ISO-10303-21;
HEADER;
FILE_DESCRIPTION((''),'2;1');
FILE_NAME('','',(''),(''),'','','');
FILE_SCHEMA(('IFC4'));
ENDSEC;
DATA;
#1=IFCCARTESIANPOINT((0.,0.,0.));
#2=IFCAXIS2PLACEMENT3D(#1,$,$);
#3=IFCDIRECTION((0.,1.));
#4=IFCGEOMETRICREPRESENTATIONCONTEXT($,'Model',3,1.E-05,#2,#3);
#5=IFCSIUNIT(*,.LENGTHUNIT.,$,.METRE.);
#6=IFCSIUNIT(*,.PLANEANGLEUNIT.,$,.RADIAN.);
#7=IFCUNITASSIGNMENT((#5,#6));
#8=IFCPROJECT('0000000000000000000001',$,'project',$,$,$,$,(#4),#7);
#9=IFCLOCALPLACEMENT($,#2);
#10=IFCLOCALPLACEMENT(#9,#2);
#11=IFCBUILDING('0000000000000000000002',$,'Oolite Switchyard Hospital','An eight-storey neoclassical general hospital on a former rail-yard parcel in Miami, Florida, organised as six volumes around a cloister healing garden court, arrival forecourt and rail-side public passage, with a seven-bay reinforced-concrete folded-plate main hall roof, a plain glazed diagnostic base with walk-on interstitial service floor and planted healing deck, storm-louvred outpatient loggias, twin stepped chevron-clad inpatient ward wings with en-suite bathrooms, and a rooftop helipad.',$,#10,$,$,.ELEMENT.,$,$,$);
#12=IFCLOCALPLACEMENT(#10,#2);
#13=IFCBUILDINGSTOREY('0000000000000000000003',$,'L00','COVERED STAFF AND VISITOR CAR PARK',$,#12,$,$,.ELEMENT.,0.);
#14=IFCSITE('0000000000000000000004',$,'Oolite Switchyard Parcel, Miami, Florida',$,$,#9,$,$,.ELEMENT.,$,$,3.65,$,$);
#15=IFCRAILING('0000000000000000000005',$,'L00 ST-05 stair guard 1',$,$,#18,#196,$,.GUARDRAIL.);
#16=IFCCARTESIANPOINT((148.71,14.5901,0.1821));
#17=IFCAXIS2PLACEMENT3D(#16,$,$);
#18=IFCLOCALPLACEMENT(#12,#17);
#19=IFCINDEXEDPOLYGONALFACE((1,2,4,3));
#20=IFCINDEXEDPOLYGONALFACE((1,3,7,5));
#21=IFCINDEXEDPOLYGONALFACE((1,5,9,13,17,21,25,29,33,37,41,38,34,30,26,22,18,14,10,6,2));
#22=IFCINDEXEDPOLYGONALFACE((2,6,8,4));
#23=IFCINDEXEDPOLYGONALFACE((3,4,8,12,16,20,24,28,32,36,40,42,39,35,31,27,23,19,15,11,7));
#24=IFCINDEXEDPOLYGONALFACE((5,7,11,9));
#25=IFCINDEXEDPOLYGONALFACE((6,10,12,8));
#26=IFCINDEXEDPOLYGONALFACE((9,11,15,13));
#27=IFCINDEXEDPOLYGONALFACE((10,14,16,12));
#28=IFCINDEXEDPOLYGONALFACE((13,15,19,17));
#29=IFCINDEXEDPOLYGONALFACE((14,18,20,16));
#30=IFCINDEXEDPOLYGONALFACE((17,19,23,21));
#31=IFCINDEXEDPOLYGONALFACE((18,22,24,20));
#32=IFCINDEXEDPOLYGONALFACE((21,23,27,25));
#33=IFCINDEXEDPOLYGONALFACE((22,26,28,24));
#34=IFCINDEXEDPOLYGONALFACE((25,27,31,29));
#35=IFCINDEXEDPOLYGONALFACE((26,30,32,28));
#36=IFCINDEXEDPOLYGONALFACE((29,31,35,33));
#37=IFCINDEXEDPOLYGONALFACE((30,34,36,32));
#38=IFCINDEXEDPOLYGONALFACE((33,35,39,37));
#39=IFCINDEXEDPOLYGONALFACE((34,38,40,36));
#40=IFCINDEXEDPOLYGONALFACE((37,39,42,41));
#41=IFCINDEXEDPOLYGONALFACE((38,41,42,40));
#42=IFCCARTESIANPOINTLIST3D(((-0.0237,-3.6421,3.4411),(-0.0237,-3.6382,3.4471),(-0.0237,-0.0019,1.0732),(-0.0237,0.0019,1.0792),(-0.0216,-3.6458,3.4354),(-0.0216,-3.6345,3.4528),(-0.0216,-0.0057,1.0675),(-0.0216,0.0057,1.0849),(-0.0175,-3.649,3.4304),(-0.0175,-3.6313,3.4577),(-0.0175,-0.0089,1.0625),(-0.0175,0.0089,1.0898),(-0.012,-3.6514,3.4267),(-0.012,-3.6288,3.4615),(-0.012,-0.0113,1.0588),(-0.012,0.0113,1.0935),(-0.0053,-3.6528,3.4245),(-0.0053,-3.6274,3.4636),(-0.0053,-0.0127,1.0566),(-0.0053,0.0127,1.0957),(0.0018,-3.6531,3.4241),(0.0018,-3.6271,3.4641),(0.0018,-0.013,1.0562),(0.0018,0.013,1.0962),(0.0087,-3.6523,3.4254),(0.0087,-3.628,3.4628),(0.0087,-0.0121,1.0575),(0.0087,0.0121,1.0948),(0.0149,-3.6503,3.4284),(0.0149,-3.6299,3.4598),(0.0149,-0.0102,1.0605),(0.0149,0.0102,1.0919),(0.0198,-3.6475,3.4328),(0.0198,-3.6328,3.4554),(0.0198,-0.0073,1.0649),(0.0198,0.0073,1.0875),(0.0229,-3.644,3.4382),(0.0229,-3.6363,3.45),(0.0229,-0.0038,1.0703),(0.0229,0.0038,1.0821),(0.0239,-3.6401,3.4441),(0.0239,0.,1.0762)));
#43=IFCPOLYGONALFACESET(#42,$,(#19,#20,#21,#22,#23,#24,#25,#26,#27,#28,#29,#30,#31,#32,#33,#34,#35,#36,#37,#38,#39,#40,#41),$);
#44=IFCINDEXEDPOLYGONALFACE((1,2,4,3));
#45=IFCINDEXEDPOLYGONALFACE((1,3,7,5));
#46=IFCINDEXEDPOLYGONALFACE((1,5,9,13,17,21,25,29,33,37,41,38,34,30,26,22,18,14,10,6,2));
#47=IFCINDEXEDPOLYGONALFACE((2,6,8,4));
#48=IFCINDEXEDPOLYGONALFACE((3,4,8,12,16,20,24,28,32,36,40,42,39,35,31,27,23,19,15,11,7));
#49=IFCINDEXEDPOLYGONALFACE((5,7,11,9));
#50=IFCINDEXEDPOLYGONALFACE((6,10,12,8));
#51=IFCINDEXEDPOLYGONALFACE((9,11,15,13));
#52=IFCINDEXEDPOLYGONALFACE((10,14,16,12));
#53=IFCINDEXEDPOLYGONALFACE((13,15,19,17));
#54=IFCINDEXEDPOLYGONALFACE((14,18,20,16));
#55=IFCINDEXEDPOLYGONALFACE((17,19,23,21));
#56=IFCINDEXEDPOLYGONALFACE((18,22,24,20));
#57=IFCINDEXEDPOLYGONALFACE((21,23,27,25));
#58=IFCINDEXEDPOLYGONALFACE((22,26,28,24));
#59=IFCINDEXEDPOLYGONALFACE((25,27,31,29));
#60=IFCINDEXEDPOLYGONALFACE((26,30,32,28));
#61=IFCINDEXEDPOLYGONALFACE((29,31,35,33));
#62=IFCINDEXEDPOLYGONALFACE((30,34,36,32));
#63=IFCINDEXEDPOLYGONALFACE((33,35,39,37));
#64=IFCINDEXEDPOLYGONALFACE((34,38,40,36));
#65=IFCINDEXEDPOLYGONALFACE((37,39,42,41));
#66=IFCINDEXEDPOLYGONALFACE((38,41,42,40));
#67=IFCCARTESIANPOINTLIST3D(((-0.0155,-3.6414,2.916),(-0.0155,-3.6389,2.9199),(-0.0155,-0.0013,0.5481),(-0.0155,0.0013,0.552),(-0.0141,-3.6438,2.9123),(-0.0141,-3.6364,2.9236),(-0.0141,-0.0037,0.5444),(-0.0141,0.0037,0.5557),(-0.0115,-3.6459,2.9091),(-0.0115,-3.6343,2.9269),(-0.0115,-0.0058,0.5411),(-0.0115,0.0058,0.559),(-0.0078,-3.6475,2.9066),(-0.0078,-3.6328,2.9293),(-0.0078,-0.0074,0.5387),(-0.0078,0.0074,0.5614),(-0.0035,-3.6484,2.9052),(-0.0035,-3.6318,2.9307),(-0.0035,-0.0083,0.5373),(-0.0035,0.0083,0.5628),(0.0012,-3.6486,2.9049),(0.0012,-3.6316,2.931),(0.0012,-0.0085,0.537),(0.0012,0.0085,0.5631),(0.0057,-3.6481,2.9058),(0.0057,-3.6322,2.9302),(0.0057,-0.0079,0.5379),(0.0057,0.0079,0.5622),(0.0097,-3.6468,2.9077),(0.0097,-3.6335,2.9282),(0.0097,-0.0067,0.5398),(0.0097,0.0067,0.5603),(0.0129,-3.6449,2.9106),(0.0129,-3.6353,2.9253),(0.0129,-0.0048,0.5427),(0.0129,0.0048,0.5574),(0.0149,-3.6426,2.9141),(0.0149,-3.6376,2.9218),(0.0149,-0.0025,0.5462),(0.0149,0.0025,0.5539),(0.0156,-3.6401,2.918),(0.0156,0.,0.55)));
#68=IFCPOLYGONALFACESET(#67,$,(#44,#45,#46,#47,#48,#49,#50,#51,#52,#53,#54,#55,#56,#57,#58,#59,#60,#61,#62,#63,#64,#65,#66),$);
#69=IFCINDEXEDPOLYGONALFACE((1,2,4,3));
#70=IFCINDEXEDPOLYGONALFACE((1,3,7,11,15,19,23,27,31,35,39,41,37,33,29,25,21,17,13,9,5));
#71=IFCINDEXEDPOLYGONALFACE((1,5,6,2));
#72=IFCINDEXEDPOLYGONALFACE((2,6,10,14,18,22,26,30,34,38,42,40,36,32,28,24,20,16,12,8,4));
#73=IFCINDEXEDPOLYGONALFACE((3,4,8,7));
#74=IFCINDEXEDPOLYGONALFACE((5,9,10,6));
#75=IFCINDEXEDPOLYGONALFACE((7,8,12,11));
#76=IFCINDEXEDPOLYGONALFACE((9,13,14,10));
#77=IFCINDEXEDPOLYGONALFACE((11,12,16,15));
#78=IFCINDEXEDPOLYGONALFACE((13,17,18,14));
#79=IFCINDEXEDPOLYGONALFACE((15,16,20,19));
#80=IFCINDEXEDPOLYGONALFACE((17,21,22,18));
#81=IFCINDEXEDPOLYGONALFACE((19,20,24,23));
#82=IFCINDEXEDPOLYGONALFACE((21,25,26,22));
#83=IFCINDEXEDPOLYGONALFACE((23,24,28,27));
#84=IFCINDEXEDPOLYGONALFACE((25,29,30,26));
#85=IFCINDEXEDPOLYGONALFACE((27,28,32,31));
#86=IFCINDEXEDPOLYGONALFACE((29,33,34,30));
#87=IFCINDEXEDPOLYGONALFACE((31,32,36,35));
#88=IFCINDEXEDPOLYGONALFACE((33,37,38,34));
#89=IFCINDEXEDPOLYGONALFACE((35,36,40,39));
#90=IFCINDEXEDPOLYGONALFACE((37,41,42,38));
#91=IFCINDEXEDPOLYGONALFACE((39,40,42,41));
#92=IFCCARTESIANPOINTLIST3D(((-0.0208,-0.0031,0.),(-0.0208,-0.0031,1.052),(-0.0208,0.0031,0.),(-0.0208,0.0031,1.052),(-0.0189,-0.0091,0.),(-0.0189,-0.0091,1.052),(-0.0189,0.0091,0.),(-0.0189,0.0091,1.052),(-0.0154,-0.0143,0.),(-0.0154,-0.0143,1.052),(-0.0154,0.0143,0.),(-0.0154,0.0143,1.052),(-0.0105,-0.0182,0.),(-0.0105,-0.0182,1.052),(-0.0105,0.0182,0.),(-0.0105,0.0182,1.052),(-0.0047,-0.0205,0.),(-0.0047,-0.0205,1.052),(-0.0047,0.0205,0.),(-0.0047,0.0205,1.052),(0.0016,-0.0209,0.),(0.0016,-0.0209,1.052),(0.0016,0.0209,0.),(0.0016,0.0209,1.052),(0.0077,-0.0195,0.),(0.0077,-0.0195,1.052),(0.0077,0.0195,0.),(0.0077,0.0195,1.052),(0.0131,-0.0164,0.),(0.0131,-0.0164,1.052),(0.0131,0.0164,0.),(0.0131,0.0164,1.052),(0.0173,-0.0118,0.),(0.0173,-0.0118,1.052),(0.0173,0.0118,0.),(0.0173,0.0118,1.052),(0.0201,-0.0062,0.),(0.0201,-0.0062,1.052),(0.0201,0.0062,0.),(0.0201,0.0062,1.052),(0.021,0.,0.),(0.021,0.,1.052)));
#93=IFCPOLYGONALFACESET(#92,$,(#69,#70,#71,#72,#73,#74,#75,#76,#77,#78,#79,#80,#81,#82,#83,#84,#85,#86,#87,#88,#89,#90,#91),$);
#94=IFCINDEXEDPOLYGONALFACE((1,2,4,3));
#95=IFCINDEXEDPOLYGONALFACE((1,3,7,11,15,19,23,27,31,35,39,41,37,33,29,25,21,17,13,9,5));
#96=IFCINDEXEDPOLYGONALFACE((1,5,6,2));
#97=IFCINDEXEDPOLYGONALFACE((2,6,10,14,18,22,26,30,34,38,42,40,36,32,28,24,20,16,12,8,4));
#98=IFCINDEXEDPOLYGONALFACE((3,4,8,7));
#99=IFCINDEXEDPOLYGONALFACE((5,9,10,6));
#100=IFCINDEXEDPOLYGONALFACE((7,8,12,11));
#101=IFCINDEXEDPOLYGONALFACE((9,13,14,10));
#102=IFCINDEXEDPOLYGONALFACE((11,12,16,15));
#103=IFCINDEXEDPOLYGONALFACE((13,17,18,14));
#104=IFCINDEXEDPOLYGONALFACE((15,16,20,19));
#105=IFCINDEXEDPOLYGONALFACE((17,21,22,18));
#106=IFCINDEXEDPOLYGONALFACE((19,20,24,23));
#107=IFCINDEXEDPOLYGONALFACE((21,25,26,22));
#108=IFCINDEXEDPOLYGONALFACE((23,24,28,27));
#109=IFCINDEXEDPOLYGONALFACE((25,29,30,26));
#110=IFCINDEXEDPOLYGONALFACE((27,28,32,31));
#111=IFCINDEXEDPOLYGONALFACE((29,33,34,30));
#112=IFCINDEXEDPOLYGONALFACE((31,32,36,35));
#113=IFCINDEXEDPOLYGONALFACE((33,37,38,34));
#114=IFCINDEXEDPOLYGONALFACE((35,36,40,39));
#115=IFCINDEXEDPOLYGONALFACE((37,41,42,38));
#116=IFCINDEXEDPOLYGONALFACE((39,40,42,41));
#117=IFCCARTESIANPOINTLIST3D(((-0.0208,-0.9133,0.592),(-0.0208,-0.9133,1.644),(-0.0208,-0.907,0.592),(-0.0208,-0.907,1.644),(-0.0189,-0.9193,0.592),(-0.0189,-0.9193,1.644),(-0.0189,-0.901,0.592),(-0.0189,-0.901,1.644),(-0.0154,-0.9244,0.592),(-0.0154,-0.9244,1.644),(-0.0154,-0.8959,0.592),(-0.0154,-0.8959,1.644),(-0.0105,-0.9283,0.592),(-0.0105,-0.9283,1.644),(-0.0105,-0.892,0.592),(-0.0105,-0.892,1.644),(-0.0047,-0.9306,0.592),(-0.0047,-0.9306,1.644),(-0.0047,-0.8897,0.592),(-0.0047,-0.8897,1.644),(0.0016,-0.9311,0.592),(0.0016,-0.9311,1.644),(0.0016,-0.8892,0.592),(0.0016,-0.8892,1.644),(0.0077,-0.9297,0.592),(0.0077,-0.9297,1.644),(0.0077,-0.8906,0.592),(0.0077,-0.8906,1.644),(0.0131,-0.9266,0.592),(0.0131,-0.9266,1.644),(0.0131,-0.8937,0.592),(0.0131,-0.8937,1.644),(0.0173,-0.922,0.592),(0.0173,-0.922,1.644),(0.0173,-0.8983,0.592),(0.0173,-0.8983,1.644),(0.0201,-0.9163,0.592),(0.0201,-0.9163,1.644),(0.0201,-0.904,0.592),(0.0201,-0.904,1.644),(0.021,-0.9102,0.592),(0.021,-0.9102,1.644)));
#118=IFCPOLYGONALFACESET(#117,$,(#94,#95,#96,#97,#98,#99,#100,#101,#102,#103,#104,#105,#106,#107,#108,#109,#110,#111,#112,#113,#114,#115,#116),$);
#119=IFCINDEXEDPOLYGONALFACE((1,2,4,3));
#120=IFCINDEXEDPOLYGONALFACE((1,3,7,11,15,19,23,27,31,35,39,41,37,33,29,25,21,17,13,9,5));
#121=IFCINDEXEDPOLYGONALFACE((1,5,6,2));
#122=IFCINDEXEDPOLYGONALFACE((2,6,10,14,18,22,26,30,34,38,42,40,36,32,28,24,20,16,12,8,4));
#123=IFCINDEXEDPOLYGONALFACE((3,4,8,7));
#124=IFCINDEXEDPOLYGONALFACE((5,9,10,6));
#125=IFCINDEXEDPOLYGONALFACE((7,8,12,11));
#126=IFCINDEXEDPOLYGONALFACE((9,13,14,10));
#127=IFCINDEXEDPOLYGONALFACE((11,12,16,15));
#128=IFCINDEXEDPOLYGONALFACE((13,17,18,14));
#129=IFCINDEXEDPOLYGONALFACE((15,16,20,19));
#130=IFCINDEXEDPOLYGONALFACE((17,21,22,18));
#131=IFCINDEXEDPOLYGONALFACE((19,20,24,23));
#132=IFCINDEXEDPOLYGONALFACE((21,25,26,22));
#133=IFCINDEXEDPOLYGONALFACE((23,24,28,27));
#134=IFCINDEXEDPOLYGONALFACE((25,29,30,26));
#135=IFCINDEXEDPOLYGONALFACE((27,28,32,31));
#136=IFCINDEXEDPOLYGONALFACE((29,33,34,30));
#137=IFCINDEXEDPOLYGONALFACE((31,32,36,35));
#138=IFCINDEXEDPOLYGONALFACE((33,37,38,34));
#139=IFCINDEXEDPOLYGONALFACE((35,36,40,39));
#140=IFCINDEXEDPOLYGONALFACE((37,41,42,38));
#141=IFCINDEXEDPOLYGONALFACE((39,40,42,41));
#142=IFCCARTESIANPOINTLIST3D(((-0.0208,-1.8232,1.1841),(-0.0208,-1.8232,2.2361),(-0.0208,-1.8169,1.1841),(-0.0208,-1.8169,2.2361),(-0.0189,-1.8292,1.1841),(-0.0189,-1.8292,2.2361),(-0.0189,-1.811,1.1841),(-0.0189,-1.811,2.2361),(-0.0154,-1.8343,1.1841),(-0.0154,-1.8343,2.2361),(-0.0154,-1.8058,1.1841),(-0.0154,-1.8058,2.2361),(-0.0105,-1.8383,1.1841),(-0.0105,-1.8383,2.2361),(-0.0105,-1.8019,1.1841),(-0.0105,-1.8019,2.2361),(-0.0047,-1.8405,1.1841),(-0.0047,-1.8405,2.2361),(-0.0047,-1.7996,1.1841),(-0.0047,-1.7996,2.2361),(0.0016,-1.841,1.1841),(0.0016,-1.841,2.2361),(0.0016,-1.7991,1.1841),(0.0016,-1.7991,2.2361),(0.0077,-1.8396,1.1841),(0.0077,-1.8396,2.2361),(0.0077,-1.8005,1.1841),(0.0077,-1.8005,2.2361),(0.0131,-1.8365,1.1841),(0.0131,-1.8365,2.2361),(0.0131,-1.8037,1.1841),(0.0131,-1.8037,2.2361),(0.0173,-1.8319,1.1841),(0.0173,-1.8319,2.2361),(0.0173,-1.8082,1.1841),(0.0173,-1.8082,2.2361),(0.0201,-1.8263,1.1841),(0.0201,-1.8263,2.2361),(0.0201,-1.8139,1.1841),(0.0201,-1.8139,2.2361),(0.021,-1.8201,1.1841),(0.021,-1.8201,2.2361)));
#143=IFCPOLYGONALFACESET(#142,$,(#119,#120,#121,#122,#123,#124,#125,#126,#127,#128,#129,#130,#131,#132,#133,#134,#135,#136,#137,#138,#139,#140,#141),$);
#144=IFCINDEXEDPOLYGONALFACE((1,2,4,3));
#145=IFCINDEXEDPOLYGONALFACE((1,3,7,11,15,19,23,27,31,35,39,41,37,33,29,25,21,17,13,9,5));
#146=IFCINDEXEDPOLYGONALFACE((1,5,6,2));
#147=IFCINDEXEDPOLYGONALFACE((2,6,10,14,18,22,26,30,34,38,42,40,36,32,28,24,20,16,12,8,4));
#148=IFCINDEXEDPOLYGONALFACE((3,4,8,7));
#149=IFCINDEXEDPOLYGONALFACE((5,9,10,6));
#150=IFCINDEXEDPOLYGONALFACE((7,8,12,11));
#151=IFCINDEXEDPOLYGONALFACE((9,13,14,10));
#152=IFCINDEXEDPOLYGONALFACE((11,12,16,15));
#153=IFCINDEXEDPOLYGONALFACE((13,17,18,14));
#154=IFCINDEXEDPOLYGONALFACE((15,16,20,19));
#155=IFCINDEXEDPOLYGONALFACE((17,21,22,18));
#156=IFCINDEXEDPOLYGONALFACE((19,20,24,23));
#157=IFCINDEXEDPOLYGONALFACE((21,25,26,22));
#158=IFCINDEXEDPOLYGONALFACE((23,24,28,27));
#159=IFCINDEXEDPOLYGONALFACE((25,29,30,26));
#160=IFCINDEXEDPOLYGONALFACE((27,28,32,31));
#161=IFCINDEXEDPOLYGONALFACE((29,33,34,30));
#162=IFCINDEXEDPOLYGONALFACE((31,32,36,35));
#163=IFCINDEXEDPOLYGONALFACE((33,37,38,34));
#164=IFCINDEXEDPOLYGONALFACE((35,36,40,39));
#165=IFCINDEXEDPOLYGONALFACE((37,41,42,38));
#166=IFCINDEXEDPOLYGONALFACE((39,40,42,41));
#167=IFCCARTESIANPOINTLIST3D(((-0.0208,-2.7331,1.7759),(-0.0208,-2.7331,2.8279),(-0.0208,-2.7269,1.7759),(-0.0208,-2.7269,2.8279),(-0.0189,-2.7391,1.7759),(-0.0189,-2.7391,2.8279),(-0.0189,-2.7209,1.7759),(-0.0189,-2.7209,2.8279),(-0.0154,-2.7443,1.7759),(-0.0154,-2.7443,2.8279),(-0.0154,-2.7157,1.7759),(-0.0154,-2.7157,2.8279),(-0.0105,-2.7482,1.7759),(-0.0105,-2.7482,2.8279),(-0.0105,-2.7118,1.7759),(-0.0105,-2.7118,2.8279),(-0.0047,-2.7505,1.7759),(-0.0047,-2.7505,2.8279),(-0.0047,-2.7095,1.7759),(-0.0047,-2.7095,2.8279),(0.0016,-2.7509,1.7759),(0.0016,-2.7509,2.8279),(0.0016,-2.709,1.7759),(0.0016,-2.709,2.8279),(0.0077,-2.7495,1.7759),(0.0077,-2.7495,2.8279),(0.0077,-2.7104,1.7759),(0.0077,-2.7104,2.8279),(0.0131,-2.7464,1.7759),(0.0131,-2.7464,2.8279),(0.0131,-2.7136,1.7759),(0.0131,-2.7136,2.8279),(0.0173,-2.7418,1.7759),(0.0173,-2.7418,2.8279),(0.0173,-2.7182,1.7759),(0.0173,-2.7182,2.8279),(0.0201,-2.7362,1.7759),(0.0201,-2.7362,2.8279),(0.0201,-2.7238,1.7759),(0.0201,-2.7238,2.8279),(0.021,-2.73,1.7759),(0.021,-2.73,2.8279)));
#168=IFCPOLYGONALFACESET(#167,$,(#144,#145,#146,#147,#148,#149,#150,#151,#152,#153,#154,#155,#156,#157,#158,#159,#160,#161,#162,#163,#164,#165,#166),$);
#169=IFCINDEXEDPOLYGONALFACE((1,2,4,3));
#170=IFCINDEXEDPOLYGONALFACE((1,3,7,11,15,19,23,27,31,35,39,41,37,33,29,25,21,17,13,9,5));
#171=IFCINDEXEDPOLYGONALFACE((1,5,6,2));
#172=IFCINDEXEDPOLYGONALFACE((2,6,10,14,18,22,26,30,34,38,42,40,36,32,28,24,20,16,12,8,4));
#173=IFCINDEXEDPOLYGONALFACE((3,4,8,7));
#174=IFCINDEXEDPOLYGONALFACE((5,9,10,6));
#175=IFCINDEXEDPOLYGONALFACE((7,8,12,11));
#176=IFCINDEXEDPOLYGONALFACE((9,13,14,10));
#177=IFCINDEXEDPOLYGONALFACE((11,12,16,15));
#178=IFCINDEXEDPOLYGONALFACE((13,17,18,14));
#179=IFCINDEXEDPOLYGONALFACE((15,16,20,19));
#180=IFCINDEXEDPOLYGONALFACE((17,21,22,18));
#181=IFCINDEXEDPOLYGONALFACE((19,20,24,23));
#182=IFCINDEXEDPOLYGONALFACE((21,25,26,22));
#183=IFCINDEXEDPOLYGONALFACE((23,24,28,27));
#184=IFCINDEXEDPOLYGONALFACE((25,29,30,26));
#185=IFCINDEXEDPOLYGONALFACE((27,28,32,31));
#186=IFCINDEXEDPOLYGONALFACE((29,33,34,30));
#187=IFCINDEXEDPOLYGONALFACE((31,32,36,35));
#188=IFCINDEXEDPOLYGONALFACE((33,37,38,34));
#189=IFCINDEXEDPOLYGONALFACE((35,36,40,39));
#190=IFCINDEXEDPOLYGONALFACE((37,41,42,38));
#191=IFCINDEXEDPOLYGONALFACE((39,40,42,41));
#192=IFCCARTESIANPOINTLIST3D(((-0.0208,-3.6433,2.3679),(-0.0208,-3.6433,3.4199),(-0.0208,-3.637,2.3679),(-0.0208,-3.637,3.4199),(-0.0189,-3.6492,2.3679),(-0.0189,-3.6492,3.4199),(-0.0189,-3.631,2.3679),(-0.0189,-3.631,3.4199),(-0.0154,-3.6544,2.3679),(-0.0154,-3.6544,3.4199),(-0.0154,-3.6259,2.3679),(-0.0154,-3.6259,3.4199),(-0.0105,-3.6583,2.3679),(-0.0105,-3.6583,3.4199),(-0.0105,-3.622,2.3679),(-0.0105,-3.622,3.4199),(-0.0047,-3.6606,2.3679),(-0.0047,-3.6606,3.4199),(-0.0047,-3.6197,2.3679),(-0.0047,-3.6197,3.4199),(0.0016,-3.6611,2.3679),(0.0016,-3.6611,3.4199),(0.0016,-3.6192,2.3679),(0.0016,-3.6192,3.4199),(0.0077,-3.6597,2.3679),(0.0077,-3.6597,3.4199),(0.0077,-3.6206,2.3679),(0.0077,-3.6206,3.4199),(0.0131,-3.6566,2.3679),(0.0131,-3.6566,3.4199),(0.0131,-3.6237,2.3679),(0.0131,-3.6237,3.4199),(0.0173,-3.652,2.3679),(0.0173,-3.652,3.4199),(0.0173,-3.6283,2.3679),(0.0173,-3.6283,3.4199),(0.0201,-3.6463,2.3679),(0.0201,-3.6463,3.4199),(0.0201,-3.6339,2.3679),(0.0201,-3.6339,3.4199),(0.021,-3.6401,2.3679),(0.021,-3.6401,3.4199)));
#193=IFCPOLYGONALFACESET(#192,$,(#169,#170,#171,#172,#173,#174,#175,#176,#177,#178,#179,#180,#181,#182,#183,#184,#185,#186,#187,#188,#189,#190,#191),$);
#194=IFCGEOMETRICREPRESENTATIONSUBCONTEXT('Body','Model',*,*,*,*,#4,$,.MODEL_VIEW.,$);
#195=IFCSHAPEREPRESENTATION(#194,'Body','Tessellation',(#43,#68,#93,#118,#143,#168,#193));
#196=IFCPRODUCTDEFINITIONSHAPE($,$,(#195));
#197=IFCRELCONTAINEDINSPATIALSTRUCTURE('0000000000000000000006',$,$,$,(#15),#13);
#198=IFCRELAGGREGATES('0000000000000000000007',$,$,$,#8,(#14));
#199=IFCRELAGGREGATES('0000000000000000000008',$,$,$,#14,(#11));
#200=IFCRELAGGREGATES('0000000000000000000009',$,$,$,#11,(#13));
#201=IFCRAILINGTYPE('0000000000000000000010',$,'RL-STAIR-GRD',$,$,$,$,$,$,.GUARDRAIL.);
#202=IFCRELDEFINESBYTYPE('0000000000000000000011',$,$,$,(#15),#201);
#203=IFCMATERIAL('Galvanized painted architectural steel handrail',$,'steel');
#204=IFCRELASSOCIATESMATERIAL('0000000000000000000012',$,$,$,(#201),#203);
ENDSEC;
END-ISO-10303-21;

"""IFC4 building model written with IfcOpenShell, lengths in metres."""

from ifc_helpers import new_model, si_unit, direction, frame, origin, origin_2d, place, context, subcontext, project, spatial, circle, extrude, material, type_object, element, save


model = new_model("IFC4")

# Units and contexts
model_context = context("Model", 3, precision=1e-05, world=origin(), true_north=direction((0.0, 1.0)))
body_context = subcontext(model_context, "Body", "Model", "MODEL_VIEW")
ifc_project = project(units=[si_unit("LENGTHUNIT", "METRE"), si_unit("PLANEANGLEUNIT", "RADIAN")], contexts=[model_context])

# Site, building, storey
site_placement = place(None, origin())
site = spatial("IfcSite", under=ifc_project, at=site_placement, Name="Oolite Switchyard Parcel, Miami, Florida", CompositionType="ELEMENT", RefElevation=3.65)
building_placement = place(site_placement, origin())
building = spatial("IfcBuilding", under=site, at=building_placement, Name="Oolite Switchyard Hospital", Description="An eight-storey neoclassical general hospital on a former rail-yard parcel in Miami, Florida, organised as six volumes around a cloister healing garden court, arrival forecourt and rail-side public passage, with a seven-bay reinforced-concrete folded-plate main hall roof, a plain glazed diagnostic base with walk-on interstitial service floor and planted healing deck, storm-louvred outpatient loggias, twin stepped chevron-clad inpatient ward wings with en-suite bathrooms, and a rooftop helipad.", CompositionType="ELEMENT")
storey_placement = place(building_placement, origin())
storey = spatial("IfcBuildingStorey", under=building, at=storey_placement, Name="L00", Description="COVERED STAFF AND VISITOR CAR PARK", CompositionType="ELEMENT", Elevation=0.0)

# Railing
ifc_material_1 = material(Name="Galvanized painted architectural steel handrail", Category="steel")
railing_type_1 = type_object("IfcRailingType", Name="RL-STAIR-GRD", PredefinedType="GUARDRAIL", material=ifc_material_1)
railing_1_placement = place(storey_placement, frame((148.71, 14.5901, 0.1821)))
element("IfcRailing", 1, at=railing_1_placement, inside=storey, type_object=railing_type_1, Name="L00 ST-05 stair guard 1", PredefinedType="GUARDRAIL", context=body_context, shape_type="SweptSolid", body=[
    extrude(circle(Radius=0.0239, at=origin_2d()), frame((0.0, 0.0, 1.0762), z_axis=(0.0, -0.838251, 0.545285), x_axis=(1.0, 0.0, 0.0)), (0.0, 0.0, 1.0), 4.3425),
    extrude(circle(Radius=0.0156, at=origin_2d()), frame((0.0, 0.0, 0.55), z_axis=(0.0, -0.838251, 0.545285), x_axis=(1.0, 0.0, 0.0)), (0.0, 0.0, 1.0), 4.3425),
    extrude(circle(Radius=0.021, at=origin_2d()), origin(), (0.0, 0.0, 1.0), 1.052),
    extrude(circle(Radius=0.021, at=origin_2d()), frame((0.0, -0.9102, 0.592)), (0.0, 0.0, 1.0), 1.052),
    extrude(circle(Radius=0.021, at=origin_2d()), frame((0.0, -1.8201, 1.1841)), (0.0, 0.0, 1.0), 1.052),
    extrude(circle(Radius=0.021, at=origin_2d()), frame((0.0, -2.73, 1.7759)), (0.0, 0.0, 1.0), 1.052),
    extrude(circle(Radius=0.021, at=origin_2d()), frame((0.0, -3.6401, 2.3679)), (0.0, 0.0, 1.0), 1.052),
])

save(model, "model.ifc")
